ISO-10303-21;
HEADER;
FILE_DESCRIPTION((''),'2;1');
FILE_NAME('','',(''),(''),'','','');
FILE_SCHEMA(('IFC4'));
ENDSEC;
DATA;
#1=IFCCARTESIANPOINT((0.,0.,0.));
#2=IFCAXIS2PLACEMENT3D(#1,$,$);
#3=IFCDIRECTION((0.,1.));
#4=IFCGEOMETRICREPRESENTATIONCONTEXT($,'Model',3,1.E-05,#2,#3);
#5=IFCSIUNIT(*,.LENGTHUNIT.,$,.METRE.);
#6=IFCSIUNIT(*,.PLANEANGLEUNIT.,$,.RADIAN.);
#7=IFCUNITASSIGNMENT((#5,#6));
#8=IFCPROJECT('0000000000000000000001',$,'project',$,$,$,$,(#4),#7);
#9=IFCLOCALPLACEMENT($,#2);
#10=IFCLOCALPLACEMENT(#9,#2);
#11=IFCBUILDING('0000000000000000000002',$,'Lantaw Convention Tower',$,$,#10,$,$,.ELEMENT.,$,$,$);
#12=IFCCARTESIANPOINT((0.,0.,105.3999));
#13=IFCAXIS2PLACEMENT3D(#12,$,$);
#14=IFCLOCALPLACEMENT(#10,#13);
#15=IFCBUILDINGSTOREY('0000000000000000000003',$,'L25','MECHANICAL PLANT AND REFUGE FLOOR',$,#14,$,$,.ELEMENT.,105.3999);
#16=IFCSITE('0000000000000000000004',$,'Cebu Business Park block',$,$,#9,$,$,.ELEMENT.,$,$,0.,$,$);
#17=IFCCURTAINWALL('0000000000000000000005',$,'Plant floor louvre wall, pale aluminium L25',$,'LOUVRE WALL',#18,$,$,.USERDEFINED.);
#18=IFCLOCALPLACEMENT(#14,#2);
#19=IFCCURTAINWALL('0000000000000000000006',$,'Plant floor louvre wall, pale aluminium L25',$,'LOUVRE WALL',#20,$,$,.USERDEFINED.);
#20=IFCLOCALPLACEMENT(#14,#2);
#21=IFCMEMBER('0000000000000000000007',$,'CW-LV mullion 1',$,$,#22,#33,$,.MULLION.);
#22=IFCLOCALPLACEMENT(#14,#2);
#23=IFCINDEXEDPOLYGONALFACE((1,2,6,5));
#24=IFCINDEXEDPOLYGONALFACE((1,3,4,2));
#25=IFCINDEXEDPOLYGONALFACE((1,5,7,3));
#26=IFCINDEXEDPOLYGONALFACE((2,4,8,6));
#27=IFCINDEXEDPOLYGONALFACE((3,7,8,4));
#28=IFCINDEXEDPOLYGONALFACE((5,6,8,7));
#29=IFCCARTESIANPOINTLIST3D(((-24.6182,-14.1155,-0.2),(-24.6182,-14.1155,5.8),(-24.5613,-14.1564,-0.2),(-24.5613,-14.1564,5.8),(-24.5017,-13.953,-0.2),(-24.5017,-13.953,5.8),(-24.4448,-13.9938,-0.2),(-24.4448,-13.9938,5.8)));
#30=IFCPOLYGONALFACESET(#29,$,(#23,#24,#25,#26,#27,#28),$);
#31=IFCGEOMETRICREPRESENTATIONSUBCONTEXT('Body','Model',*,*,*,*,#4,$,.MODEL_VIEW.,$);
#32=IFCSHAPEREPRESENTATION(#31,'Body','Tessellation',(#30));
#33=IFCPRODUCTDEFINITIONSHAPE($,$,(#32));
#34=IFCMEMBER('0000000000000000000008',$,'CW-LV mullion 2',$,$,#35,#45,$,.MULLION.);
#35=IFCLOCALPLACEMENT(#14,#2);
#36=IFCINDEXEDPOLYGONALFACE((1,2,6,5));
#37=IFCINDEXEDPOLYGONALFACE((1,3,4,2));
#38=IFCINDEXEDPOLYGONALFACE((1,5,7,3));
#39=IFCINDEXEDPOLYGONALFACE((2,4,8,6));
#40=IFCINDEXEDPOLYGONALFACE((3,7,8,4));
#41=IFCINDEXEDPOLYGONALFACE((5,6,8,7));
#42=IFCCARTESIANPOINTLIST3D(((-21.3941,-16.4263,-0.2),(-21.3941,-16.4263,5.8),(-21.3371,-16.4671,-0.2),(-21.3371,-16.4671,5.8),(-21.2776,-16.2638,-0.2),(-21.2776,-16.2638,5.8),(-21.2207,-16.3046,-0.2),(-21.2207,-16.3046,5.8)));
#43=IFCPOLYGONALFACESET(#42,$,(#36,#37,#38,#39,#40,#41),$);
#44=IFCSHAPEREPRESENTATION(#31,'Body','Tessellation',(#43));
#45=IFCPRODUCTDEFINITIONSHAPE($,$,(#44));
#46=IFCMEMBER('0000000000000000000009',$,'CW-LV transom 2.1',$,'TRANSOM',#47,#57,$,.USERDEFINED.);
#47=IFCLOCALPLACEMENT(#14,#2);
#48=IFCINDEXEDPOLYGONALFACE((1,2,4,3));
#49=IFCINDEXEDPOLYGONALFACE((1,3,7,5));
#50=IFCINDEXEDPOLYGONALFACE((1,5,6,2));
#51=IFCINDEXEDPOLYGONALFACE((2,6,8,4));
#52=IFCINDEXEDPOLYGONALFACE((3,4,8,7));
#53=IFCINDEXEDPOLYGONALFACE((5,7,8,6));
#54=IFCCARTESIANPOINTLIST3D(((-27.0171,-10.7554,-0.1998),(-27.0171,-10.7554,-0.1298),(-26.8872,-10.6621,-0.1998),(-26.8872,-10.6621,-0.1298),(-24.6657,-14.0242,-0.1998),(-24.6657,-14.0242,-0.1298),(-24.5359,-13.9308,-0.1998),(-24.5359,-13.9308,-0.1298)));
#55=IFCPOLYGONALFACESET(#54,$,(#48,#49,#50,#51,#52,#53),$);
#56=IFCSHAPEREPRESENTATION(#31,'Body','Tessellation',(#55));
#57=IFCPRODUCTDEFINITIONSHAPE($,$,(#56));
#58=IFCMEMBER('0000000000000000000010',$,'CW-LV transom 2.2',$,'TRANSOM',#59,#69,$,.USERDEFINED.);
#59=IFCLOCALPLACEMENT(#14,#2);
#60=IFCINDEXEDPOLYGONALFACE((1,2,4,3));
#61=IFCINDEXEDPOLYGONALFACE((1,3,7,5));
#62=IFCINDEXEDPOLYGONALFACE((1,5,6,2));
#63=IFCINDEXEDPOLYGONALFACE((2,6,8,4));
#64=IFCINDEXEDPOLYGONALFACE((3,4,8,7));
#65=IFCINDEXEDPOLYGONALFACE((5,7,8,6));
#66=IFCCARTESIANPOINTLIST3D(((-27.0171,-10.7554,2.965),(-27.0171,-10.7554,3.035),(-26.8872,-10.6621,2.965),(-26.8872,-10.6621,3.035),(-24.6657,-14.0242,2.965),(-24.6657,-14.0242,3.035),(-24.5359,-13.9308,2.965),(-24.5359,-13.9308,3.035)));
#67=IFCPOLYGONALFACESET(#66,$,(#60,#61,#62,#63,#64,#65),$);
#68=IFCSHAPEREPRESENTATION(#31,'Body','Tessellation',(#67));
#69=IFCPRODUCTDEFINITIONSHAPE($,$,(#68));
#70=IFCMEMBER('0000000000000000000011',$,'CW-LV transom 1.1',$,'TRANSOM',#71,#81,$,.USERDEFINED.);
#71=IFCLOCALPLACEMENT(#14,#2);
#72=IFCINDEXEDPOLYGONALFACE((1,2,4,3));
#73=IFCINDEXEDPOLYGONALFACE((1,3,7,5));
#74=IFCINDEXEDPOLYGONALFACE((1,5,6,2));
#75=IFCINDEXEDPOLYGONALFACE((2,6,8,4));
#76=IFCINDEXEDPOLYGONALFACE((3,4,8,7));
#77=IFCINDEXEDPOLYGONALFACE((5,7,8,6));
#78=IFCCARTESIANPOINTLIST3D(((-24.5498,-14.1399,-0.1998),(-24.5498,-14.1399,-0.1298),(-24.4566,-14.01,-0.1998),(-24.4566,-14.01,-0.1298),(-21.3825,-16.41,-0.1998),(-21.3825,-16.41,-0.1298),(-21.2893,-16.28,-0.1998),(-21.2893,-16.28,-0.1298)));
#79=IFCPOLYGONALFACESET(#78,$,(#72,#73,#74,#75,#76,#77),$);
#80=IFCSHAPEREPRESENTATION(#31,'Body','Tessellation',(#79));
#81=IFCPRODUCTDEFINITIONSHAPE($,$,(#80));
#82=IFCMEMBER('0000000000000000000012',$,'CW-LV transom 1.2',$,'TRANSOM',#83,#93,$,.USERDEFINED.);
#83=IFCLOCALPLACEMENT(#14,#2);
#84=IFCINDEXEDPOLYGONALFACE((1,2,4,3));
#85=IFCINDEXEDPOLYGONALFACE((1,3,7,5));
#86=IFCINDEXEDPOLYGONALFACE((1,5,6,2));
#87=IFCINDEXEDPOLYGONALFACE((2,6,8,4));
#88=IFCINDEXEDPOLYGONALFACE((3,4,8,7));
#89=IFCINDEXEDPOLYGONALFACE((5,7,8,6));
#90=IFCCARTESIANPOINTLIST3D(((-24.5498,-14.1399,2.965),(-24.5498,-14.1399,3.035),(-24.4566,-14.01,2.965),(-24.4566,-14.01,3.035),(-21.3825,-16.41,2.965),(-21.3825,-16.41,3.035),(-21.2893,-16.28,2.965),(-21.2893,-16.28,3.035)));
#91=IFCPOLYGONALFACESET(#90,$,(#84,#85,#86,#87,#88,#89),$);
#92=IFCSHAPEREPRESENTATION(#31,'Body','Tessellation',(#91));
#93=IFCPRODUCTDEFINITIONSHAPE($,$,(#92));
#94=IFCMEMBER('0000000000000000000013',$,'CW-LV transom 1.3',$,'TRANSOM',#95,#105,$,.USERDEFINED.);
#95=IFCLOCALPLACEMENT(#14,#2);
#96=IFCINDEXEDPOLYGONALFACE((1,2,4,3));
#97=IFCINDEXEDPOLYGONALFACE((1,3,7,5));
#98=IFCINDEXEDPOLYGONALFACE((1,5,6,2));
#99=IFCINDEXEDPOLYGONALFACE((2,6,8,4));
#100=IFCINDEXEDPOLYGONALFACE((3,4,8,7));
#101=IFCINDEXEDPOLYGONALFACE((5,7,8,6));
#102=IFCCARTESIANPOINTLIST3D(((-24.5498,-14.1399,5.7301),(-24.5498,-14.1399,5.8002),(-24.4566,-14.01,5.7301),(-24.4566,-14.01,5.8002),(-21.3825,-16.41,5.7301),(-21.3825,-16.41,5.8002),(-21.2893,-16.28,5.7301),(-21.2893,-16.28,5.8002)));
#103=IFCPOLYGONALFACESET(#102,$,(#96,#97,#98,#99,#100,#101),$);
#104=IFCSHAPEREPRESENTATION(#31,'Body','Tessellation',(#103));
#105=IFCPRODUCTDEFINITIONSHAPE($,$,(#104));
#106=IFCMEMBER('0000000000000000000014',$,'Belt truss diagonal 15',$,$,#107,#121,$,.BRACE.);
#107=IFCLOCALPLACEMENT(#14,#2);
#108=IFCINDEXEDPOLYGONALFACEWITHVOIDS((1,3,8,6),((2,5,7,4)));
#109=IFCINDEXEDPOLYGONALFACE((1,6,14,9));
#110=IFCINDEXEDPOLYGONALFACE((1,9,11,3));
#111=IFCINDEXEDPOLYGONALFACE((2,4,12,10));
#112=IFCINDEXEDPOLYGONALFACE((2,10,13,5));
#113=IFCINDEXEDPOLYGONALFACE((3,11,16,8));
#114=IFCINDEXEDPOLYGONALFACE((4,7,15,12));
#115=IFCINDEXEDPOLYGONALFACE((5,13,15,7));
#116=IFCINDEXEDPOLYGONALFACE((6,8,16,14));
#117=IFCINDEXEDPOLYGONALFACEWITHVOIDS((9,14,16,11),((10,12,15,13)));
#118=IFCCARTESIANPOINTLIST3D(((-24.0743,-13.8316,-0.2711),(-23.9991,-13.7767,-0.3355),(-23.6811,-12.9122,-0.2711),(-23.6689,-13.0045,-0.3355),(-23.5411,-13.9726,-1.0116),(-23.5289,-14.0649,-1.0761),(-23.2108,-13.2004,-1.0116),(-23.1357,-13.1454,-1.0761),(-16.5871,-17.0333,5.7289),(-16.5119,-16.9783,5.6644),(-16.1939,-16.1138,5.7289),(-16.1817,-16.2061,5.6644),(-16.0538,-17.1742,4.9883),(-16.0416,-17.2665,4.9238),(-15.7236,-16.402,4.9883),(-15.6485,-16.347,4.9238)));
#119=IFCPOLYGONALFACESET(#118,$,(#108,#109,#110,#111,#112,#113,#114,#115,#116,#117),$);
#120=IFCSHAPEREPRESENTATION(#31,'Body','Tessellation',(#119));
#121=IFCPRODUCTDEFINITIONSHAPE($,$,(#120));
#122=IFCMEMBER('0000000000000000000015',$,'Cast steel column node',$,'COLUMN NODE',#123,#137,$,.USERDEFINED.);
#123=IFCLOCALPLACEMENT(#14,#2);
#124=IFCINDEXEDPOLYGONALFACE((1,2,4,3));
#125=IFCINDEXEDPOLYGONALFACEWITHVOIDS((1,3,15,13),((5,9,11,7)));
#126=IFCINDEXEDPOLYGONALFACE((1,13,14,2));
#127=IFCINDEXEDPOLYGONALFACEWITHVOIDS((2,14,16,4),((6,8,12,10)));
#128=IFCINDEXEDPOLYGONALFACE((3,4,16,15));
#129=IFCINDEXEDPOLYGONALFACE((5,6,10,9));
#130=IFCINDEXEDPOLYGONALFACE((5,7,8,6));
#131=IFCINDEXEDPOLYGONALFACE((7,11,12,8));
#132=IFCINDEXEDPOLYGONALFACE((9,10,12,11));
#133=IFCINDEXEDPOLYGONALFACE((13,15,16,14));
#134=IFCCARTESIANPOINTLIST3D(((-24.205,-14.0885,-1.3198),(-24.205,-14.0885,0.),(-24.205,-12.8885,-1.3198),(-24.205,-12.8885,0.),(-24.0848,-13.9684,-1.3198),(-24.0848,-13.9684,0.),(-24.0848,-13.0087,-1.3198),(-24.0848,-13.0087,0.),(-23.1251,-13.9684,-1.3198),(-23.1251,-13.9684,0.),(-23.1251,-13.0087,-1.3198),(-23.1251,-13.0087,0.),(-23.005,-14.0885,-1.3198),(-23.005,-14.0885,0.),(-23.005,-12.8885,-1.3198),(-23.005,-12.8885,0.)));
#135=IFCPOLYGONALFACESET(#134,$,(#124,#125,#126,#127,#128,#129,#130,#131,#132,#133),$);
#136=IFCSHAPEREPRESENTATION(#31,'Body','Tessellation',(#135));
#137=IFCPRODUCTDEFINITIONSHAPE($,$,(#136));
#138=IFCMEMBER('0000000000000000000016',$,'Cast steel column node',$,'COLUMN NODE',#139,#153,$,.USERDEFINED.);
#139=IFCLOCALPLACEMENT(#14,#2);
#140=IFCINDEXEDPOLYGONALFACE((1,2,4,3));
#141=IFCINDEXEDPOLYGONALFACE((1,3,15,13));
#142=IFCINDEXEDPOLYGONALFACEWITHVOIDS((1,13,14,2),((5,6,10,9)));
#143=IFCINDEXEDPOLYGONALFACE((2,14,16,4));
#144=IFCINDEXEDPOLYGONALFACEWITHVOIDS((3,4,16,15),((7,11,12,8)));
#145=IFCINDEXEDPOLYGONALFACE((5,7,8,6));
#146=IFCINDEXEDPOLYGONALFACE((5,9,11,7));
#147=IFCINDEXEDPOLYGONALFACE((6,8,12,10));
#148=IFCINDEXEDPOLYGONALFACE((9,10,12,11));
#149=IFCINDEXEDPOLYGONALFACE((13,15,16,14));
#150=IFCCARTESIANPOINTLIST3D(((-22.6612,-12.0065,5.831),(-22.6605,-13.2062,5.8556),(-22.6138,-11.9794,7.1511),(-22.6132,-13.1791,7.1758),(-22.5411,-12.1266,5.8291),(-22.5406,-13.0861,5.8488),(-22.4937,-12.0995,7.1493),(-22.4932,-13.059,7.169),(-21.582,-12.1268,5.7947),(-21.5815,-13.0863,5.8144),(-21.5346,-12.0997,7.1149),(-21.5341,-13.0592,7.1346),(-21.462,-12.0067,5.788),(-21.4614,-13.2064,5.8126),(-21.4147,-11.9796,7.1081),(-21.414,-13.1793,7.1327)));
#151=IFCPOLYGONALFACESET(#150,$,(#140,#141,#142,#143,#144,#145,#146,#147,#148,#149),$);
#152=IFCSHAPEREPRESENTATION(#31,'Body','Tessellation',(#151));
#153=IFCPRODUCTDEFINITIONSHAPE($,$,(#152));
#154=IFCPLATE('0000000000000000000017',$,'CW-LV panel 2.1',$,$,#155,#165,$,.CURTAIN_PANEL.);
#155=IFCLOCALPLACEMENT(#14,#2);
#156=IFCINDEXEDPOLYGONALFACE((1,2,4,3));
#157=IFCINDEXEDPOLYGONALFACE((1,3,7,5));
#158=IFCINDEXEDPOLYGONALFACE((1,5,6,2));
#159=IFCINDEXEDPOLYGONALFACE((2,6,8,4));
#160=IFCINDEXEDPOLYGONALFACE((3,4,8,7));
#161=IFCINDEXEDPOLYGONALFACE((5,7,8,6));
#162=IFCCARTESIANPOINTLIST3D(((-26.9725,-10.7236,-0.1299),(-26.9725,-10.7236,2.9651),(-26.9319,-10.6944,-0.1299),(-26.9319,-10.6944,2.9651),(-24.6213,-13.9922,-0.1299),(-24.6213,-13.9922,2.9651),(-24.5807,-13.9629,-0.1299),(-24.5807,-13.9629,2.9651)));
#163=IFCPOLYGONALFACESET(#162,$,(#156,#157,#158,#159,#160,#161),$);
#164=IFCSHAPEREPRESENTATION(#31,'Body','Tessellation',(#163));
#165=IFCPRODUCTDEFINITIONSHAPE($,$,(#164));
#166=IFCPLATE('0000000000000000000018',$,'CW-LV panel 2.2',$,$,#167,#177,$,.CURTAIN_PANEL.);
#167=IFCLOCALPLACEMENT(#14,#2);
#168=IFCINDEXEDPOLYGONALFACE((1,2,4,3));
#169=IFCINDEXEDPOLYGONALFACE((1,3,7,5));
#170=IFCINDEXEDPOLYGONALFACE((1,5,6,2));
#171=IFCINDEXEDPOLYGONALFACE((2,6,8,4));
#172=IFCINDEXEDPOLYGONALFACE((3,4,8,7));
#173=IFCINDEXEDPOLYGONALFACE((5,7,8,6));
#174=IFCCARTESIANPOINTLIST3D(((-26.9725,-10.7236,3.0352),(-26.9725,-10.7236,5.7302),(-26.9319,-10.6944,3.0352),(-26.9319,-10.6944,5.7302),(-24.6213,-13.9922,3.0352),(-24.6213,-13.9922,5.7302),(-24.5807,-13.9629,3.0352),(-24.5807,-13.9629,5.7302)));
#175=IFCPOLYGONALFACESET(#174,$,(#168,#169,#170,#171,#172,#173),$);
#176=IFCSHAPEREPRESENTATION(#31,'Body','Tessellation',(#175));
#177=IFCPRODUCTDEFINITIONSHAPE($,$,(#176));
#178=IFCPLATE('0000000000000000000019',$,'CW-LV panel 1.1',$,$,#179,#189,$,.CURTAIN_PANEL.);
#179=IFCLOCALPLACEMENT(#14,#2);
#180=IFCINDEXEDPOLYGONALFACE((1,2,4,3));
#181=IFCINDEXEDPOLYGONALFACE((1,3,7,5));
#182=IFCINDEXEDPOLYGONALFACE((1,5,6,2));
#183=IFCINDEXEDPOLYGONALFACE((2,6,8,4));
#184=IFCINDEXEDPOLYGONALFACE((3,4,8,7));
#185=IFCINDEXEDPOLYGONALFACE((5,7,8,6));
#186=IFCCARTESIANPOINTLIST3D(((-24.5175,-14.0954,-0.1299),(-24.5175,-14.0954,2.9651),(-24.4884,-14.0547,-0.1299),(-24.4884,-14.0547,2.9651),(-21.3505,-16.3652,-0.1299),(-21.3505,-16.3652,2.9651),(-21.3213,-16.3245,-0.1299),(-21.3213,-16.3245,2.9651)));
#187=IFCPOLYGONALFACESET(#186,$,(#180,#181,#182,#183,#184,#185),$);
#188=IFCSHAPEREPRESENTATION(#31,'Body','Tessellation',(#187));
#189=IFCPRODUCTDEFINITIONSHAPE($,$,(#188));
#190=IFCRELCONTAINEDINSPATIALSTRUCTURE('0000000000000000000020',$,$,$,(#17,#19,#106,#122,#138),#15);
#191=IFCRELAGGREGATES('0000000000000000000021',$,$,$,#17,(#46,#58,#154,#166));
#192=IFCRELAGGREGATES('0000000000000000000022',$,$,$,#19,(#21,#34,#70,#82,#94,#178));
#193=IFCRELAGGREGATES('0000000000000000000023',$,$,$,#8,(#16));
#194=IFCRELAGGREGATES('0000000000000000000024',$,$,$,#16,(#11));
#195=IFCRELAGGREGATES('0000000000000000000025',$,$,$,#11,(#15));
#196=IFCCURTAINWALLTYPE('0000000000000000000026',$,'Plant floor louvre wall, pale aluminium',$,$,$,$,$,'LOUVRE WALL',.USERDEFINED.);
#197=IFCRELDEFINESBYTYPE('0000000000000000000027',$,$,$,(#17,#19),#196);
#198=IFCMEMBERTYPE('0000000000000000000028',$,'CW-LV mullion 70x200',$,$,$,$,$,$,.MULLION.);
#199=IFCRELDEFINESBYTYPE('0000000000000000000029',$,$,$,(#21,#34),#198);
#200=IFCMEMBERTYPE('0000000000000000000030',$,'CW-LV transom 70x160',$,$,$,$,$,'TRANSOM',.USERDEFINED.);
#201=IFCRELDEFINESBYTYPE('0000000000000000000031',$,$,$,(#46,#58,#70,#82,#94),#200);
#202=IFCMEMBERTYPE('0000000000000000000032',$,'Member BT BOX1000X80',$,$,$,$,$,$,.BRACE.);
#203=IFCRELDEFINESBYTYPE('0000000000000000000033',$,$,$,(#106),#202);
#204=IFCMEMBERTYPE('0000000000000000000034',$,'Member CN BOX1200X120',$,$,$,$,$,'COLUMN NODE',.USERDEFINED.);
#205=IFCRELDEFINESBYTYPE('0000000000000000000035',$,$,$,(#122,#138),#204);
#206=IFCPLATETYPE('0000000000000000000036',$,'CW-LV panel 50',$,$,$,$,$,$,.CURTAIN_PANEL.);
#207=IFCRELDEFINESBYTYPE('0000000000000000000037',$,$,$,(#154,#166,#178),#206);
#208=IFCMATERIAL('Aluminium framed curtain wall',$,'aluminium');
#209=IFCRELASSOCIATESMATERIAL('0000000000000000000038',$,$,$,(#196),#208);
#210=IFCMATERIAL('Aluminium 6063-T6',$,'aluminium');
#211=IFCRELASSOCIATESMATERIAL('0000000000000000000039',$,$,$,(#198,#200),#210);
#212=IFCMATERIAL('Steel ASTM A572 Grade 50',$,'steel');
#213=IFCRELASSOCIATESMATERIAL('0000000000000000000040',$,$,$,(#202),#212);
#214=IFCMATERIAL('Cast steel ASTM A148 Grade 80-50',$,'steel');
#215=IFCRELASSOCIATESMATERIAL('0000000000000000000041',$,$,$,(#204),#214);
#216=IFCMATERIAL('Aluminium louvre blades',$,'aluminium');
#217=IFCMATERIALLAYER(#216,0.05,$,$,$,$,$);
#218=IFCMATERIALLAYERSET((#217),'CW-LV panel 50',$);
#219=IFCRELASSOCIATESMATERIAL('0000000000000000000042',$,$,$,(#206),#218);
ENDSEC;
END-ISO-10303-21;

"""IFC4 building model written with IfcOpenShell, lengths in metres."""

from ifc_helpers import new_model, si_unit, direction, frame, origin, origin_2d, place, context, subcontext, project, spatial, rectangle, hollow_rectangle, extrude, material, layer, layer_set, material_profile, profile_set, type_object, element, aggregate, save


model = new_model("IFC4")

# Units and contexts
model_context = context("Model", 3, precision=1e-05, world=origin(), true_north=direction((0.0, 1.0)))
body_context = subcontext(model_context, "Body", "Model", "MODEL_VIEW")
ifc_project = project(units=[si_unit("LENGTHUNIT", "METRE"), si_unit("PLANEANGLEUNIT", "RADIAN")], contexts=[model_context])

# Site, building, storey
site_placement = place(None, origin())
site = spatial("IfcSite", under=ifc_project, at=site_placement, Name="Cebu Business Park block", CompositionType="ELEMENT", RefElevation=0.0)
building_placement = place(site_placement, origin())
building = spatial("IfcBuilding", under=site, at=building_placement, Name="Lantaw Convention Tower", CompositionType="ELEMENT")
storey_placement = place(building_placement, frame((0.0, 0.0, 105.3999)))
storey = spatial("IfcBuildingStorey", under=building, at=storey_placement, Name="L25", Description="MECHANICAL PLANT AND REFUGE FLOOR", CompositionType="ELEMENT", Elevation=105.3999)

# Curtain wall
ifc_material_1 = material(Name="Aluminium framed curtain wall", Category="aluminium")
curtain_wall_type = type_object("IfcCurtainWallType", Name="Plant floor louvre wall, pale aluminium", ElementType="LOUVRE WALL", PredefinedType="USERDEFINED", material=ifc_material_1)
curtain_wall_1_placement = place(storey_placement, origin())
curtain_wall_1 = element("IfcCurtainWall", 1, at=curtain_wall_1_placement, inside=storey, type_object=curtain_wall_type, Name="Plant floor louvre wall, pale aluminium L25", ObjectType="LOUVRE WALL", PredefinedType="USERDEFINED")
ifc_material_2 = material(Name="Aluminium 6063-T6", Category="aluminium")
ifc_material_profile_1 = material_profile(ifc_material_2, rectangle(XDim=0.2, YDim=0.0701, at=origin_2d()), Name="CW-LV mullion 70x200")
ifc_profile_set_1 = profile_set([ifc_material_profile_1], Name="Aluminium 6063-T6")
member_type_1 = type_object("IfcMemberType", Name="CW-LV mullion 70x200", PredefinedType="MULLION", material=ifc_profile_set_1)

# Curtain wall, members
curtain_wall_2_placement = place(storey_placement, origin())
curtain_wall_2 = element("IfcCurtainWall", 2, at=curtain_wall_2_placement, inside=storey, type_object=curtain_wall_type, Name="Plant floor louvre wall, pale aluminium L25", ObjectType="LOUVRE WALL", PredefinedType="USERDEFINED")
member_1_placement = place(storey_placement, frame((-24.5315, -14.0547, -0.2), z_axis=(0.0, 0.0, 1.0), x_axis=(0.582538, 0.812804, 0.0)))
member_1 = element("IfcMember", 3, at=member_1_placement, type_object=member_type_1, Name="CW-LV mullion 1", PredefinedType="MULLION", context=body_context, shape_type="SweptSolid", body=[
    extrude(rectangle(XDim=0.2, YDim=0.0701, at=origin_2d()), origin(), (0.0, 0.0, 1.0), 6.0),
])
member_2_placement = place(storey_placement, frame((-21.3074, -16.3655, -0.2), z_axis=(0.0, 0.0, 1.0), x_axis=(0.582538, 0.812804, 0.0)))
member_2 = element("IfcMember", 4, at=member_2_placement, type_object=member_type_1, Name="CW-LV mullion 2", PredefinedType="MULLION", context=body_context, shape_type="SweptSolid", body=[
    extrude(rectangle(XDim=0.2, YDim=0.0701, at=origin_2d()), origin(), (0.0, 0.0, 1.0), 6.0),
])

# Members
ifc_material_profile_2 = material_profile(ifc_material_2, rectangle(XDim=0.1599, YDim=0.0701, at=origin_2d()), Name="CW-LV transom 70x160")
ifc_profile_set_2 = profile_set([ifc_material_profile_2], Name="Aluminium 6063-T6")
member_type_2 = type_object("IfcMemberType", Name="CW-LV transom 70x160", ElementType="TRANSOM", PredefinedType="USERDEFINED", material=ifc_profile_set_2)
member_3_placement = place(storey_placement, frame((-26.9521, -10.7087, -0.1648), z_axis=(0.583942, -0.811795, 0.0), x_axis=(0.811795, 0.583942, 0.0)))
member_3 = element("IfcMember", 5, at=member_3_placement, type_object=member_type_2, Name="CW-LV transom 2.1", ObjectType="TRANSOM", PredefinedType="USERDEFINED", context=body_context, shape_type="SweptSolid", body=[
    extrude(rectangle(XDim=0.1599, YDim=0.0701, at=origin_2d()), origin(), (0.0, 0.0, 1.0), 4.0266),
])
member_4_placement = place(storey_placement, frame((-26.9521, -10.7087, 3.0), z_axis=(0.583942, -0.811795, 0.0), x_axis=(0.811795, 0.583942, 0.0)))
member_4 = element("IfcMember", 6, at=member_4_placement, type_object=member_type_2, Name="CW-LV transom 2.2", ObjectType="TRANSOM", PredefinedType="USERDEFINED", context=body_context, shape_type="SweptSolid", body=[
    extrude(rectangle(XDim=0.1599, YDim=0.0701, at=origin_2d()), origin(), (0.0, 0.0, 1.0), 4.0266),
])
member_5_placement = place(storey_placement, frame((-24.5032, -14.075, -0.1648), z_axis=(0.812797, -0.582547, 0.0), x_axis=(0.582547, 0.812797, 0.0)))
member_5 = element("IfcMember", 7, at=member_5_placement, type_object=member_type_2, Name="CW-LV transom 1.1", ObjectType="TRANSOM", PredefinedType="USERDEFINED", context=body_context, shape_type="SweptSolid", body=[
    extrude(rectangle(XDim=0.1599, YDim=0.0701, at=origin_2d()), origin(), (0.0, 0.0, 1.0), 3.8967),
])
member_6_placement = place(storey_placement, frame((-24.5032, -14.075, 3.0), z_axis=(0.812797, -0.582547, 0.0), x_axis=(0.582547, 0.812797, 0.0)))
member_6 = element("IfcMember", 8, at=member_6_placement, type_object=member_type_2, Name="CW-LV transom 1.2", ObjectType="TRANSOM", PredefinedType="USERDEFINED", context=body_context, shape_type="SweptSolid", body=[
    extrude(rectangle(XDim=0.1599, YDim=0.0701, at=origin_2d()), origin(), (0.0, 0.0, 1.0), 3.8967),
])
member_7_placement = place(storey_placement, frame((-24.5032, -14.075, 5.7651), z_axis=(0.812797, -0.582547, 0.0), x_axis=(0.582547, 0.812797, 0.0)))
member_7 = element("IfcMember", 9, at=member_7_placement, type_object=member_type_2, Name="CW-LV transom 1.3", ObjectType="TRANSOM", PredefinedType="USERDEFINED", context=body_context, shape_type="SweptSolid", body=[
    extrude(rectangle(XDim=0.1599, YDim=0.0701, at=origin_2d()), origin(), (0.0, 0.0, 1.0), 3.8967),
])

# Members
ifc_material_3 = material(Name="Steel ASTM A572 Grade 50", Category="steel")
ifc_material_profile_3 = material_profile(ifc_material_3, hollow_rectangle(XDim=1.0, YDim=1.0, WallThickness=0.0801, at=origin_2d()), Name="BOX1000X80")
ifc_profile_set_3 = profile_set([ifc_material_profile_3], Name="Steel ASTM A572 Grade 50")
member_type_3 = type_object("IfcMemberType", Name="Member BT BOX1000X80", PredefinedType="BRACE", material=ifc_profile_set_3)
member_8_placement = place(storey_placement, frame((-23.605, -13.4885, -0.6736), z_axis=(0.740228, -0.31653, 0.593187), x_axis=(0.393174, 0.919464, 0.0)))
element("IfcMember", 10, at=member_8_placement, inside=storey, type_object=member_type_3, Name="Belt truss diagonal 15", PredefinedType="BRACE", context=body_context, shape_type="SweptSolid", body=[
    extrude(hollow_rectangle(XDim=1.0, YDim=1.0, WallThickness=0.0801, at=origin_2d()), origin(), (0.0, 0.0, 1.0), 10.1147),
])
ifc_material_4 = material(Name="Cast steel ASTM A148 Grade 80-50", Category="steel")
ifc_material_profile_4 = material_profile(ifc_material_4, hollow_rectangle(XDim=1.2, YDim=1.2, WallThickness=0.1201, at=origin_2d()), Name="BOX1200X120")
ifc_profile_set_4 = profile_set([ifc_material_profile_4], Name="Cast steel ASTM A148 Grade 80-50")
member_type_4 = type_object("IfcMemberType", Name="Member CN BOX1200X120", ElementType="COLUMN NODE", PredefinedType="USERDEFINED", material=ifc_profile_set_4)
member_9_placement = place(storey_placement, frame((-23.605, -13.4885, -1.3198), z_axis=(0.0, 0.0, 1.0), x_axis=(1.0, 0.0, 0.0)))
element("IfcMember", 11, at=member_9_placement, inside=storey, type_object=member_type_4, Name="Cast steel column node", ObjectType="COLUMN NODE", PredefinedType="USERDEFINED", context=body_context, shape_type="SweptSolid", body=[
    extrude(hollow_rectangle(XDim=1.2, YDim=1.2, WallThickness=0.1201, at=origin_2d()), origin(), (0.0, 0.0, 1.0), 1.3198),
])
member_10_placement = place(storey_placement, frame((-22.0613, -12.6064, 5.8218), z_axis=(0.035849, 0.020511, 0.999147), x_axis=(0.999357, -0.000172, -0.035853)))
element("IfcMember", 12, at=member_10_placement, inside=storey, type_object=member_type_4, Name="Cast steel column node", ObjectType="COLUMN NODE", PredefinedType="USERDEFINED", context=body_context, shape_type="SweptSolid", body=[
    extrude(hollow_rectangle(XDim=1.2, YDim=1.2, WallThickness=0.1201, at=origin_2d()), origin(), (0.0, 0.0, 1.0), 1.3213),
])

# Plates
ifc_material_5 = material(Name="Aluminium louvre blades", Category="aluminium")
ifc_layer_1 = layer(ifc_material_5, 0.05)
ifc_layer_set_1 = layer_set([ifc_layer_1], Name="CW-LV panel 50")
plate_type_1 = type_object("IfcPlateType", Name="CW-LV panel 50", PredefinedType="CURTAIN_PANEL", material=ifc_layer_set_1)
plate_1_placement = place(storey_placement, frame((-25.7766, -12.3433, -0.1299), z_axis=(0.0, 0.0, 1.0), x_axis=(0.583951, -0.811789, 0.0)))
plate_1 = element("IfcPlate", 13, at=plate_1_placement, type_object=plate_type_1, Name="CW-LV panel 2.1", PredefinedType="CURTAIN_PANEL", context=body_context, shape_type="SweptSolid", body=[
    extrude(rectangle(XDim=4.0264, YDim=0.05, at=origin_2d()), origin(), (0.0, 0.0, 1.0), 3.095),
])
plate_2_placement = place(storey_placement, frame((-25.7766, -12.3433, 3.0352), z_axis=(0.0, 0.0, 1.0), x_axis=(0.583951, -0.811789, 0.0)))
plate_2 = element("IfcPlate", 14, at=plate_2_placement, type_object=plate_type_1, Name="CW-LV panel 2.2", PredefinedType="CURTAIN_PANEL", context=body_context, shape_type="SweptSolid", body=[
    extrude(rectangle(XDim=4.0264, YDim=0.05, at=origin_2d()), origin(), (0.0, 0.0, 1.0), 2.6951),
])
aggregate(curtain_wall_1, [member_3, member_4, plate_1, plate_2])
plate_3_placement = place(storey_placement, frame((-22.9194, -15.21, -0.1299), z_axis=(0.0, 0.0, 1.0), x_axis=(0.812804, -0.582538, 0.0)))
plate_3 = element("IfcPlate", 15, at=plate_3_placement, type_object=plate_type_1, Name="CW-LV panel 1.1", PredefinedType="CURTAIN_PANEL", context=body_context, shape_type="SweptSolid", body=[
    extrude(rectangle(XDim=3.8965, YDim=0.05, at=origin_2d()), origin(), (0.0, 0.0, 1.0), 3.095),
])
aggregate(curtain_wall_2, [member_1, member_2, member_5, member_6, member_7, plate_3])

save(model, "model.ifc")
